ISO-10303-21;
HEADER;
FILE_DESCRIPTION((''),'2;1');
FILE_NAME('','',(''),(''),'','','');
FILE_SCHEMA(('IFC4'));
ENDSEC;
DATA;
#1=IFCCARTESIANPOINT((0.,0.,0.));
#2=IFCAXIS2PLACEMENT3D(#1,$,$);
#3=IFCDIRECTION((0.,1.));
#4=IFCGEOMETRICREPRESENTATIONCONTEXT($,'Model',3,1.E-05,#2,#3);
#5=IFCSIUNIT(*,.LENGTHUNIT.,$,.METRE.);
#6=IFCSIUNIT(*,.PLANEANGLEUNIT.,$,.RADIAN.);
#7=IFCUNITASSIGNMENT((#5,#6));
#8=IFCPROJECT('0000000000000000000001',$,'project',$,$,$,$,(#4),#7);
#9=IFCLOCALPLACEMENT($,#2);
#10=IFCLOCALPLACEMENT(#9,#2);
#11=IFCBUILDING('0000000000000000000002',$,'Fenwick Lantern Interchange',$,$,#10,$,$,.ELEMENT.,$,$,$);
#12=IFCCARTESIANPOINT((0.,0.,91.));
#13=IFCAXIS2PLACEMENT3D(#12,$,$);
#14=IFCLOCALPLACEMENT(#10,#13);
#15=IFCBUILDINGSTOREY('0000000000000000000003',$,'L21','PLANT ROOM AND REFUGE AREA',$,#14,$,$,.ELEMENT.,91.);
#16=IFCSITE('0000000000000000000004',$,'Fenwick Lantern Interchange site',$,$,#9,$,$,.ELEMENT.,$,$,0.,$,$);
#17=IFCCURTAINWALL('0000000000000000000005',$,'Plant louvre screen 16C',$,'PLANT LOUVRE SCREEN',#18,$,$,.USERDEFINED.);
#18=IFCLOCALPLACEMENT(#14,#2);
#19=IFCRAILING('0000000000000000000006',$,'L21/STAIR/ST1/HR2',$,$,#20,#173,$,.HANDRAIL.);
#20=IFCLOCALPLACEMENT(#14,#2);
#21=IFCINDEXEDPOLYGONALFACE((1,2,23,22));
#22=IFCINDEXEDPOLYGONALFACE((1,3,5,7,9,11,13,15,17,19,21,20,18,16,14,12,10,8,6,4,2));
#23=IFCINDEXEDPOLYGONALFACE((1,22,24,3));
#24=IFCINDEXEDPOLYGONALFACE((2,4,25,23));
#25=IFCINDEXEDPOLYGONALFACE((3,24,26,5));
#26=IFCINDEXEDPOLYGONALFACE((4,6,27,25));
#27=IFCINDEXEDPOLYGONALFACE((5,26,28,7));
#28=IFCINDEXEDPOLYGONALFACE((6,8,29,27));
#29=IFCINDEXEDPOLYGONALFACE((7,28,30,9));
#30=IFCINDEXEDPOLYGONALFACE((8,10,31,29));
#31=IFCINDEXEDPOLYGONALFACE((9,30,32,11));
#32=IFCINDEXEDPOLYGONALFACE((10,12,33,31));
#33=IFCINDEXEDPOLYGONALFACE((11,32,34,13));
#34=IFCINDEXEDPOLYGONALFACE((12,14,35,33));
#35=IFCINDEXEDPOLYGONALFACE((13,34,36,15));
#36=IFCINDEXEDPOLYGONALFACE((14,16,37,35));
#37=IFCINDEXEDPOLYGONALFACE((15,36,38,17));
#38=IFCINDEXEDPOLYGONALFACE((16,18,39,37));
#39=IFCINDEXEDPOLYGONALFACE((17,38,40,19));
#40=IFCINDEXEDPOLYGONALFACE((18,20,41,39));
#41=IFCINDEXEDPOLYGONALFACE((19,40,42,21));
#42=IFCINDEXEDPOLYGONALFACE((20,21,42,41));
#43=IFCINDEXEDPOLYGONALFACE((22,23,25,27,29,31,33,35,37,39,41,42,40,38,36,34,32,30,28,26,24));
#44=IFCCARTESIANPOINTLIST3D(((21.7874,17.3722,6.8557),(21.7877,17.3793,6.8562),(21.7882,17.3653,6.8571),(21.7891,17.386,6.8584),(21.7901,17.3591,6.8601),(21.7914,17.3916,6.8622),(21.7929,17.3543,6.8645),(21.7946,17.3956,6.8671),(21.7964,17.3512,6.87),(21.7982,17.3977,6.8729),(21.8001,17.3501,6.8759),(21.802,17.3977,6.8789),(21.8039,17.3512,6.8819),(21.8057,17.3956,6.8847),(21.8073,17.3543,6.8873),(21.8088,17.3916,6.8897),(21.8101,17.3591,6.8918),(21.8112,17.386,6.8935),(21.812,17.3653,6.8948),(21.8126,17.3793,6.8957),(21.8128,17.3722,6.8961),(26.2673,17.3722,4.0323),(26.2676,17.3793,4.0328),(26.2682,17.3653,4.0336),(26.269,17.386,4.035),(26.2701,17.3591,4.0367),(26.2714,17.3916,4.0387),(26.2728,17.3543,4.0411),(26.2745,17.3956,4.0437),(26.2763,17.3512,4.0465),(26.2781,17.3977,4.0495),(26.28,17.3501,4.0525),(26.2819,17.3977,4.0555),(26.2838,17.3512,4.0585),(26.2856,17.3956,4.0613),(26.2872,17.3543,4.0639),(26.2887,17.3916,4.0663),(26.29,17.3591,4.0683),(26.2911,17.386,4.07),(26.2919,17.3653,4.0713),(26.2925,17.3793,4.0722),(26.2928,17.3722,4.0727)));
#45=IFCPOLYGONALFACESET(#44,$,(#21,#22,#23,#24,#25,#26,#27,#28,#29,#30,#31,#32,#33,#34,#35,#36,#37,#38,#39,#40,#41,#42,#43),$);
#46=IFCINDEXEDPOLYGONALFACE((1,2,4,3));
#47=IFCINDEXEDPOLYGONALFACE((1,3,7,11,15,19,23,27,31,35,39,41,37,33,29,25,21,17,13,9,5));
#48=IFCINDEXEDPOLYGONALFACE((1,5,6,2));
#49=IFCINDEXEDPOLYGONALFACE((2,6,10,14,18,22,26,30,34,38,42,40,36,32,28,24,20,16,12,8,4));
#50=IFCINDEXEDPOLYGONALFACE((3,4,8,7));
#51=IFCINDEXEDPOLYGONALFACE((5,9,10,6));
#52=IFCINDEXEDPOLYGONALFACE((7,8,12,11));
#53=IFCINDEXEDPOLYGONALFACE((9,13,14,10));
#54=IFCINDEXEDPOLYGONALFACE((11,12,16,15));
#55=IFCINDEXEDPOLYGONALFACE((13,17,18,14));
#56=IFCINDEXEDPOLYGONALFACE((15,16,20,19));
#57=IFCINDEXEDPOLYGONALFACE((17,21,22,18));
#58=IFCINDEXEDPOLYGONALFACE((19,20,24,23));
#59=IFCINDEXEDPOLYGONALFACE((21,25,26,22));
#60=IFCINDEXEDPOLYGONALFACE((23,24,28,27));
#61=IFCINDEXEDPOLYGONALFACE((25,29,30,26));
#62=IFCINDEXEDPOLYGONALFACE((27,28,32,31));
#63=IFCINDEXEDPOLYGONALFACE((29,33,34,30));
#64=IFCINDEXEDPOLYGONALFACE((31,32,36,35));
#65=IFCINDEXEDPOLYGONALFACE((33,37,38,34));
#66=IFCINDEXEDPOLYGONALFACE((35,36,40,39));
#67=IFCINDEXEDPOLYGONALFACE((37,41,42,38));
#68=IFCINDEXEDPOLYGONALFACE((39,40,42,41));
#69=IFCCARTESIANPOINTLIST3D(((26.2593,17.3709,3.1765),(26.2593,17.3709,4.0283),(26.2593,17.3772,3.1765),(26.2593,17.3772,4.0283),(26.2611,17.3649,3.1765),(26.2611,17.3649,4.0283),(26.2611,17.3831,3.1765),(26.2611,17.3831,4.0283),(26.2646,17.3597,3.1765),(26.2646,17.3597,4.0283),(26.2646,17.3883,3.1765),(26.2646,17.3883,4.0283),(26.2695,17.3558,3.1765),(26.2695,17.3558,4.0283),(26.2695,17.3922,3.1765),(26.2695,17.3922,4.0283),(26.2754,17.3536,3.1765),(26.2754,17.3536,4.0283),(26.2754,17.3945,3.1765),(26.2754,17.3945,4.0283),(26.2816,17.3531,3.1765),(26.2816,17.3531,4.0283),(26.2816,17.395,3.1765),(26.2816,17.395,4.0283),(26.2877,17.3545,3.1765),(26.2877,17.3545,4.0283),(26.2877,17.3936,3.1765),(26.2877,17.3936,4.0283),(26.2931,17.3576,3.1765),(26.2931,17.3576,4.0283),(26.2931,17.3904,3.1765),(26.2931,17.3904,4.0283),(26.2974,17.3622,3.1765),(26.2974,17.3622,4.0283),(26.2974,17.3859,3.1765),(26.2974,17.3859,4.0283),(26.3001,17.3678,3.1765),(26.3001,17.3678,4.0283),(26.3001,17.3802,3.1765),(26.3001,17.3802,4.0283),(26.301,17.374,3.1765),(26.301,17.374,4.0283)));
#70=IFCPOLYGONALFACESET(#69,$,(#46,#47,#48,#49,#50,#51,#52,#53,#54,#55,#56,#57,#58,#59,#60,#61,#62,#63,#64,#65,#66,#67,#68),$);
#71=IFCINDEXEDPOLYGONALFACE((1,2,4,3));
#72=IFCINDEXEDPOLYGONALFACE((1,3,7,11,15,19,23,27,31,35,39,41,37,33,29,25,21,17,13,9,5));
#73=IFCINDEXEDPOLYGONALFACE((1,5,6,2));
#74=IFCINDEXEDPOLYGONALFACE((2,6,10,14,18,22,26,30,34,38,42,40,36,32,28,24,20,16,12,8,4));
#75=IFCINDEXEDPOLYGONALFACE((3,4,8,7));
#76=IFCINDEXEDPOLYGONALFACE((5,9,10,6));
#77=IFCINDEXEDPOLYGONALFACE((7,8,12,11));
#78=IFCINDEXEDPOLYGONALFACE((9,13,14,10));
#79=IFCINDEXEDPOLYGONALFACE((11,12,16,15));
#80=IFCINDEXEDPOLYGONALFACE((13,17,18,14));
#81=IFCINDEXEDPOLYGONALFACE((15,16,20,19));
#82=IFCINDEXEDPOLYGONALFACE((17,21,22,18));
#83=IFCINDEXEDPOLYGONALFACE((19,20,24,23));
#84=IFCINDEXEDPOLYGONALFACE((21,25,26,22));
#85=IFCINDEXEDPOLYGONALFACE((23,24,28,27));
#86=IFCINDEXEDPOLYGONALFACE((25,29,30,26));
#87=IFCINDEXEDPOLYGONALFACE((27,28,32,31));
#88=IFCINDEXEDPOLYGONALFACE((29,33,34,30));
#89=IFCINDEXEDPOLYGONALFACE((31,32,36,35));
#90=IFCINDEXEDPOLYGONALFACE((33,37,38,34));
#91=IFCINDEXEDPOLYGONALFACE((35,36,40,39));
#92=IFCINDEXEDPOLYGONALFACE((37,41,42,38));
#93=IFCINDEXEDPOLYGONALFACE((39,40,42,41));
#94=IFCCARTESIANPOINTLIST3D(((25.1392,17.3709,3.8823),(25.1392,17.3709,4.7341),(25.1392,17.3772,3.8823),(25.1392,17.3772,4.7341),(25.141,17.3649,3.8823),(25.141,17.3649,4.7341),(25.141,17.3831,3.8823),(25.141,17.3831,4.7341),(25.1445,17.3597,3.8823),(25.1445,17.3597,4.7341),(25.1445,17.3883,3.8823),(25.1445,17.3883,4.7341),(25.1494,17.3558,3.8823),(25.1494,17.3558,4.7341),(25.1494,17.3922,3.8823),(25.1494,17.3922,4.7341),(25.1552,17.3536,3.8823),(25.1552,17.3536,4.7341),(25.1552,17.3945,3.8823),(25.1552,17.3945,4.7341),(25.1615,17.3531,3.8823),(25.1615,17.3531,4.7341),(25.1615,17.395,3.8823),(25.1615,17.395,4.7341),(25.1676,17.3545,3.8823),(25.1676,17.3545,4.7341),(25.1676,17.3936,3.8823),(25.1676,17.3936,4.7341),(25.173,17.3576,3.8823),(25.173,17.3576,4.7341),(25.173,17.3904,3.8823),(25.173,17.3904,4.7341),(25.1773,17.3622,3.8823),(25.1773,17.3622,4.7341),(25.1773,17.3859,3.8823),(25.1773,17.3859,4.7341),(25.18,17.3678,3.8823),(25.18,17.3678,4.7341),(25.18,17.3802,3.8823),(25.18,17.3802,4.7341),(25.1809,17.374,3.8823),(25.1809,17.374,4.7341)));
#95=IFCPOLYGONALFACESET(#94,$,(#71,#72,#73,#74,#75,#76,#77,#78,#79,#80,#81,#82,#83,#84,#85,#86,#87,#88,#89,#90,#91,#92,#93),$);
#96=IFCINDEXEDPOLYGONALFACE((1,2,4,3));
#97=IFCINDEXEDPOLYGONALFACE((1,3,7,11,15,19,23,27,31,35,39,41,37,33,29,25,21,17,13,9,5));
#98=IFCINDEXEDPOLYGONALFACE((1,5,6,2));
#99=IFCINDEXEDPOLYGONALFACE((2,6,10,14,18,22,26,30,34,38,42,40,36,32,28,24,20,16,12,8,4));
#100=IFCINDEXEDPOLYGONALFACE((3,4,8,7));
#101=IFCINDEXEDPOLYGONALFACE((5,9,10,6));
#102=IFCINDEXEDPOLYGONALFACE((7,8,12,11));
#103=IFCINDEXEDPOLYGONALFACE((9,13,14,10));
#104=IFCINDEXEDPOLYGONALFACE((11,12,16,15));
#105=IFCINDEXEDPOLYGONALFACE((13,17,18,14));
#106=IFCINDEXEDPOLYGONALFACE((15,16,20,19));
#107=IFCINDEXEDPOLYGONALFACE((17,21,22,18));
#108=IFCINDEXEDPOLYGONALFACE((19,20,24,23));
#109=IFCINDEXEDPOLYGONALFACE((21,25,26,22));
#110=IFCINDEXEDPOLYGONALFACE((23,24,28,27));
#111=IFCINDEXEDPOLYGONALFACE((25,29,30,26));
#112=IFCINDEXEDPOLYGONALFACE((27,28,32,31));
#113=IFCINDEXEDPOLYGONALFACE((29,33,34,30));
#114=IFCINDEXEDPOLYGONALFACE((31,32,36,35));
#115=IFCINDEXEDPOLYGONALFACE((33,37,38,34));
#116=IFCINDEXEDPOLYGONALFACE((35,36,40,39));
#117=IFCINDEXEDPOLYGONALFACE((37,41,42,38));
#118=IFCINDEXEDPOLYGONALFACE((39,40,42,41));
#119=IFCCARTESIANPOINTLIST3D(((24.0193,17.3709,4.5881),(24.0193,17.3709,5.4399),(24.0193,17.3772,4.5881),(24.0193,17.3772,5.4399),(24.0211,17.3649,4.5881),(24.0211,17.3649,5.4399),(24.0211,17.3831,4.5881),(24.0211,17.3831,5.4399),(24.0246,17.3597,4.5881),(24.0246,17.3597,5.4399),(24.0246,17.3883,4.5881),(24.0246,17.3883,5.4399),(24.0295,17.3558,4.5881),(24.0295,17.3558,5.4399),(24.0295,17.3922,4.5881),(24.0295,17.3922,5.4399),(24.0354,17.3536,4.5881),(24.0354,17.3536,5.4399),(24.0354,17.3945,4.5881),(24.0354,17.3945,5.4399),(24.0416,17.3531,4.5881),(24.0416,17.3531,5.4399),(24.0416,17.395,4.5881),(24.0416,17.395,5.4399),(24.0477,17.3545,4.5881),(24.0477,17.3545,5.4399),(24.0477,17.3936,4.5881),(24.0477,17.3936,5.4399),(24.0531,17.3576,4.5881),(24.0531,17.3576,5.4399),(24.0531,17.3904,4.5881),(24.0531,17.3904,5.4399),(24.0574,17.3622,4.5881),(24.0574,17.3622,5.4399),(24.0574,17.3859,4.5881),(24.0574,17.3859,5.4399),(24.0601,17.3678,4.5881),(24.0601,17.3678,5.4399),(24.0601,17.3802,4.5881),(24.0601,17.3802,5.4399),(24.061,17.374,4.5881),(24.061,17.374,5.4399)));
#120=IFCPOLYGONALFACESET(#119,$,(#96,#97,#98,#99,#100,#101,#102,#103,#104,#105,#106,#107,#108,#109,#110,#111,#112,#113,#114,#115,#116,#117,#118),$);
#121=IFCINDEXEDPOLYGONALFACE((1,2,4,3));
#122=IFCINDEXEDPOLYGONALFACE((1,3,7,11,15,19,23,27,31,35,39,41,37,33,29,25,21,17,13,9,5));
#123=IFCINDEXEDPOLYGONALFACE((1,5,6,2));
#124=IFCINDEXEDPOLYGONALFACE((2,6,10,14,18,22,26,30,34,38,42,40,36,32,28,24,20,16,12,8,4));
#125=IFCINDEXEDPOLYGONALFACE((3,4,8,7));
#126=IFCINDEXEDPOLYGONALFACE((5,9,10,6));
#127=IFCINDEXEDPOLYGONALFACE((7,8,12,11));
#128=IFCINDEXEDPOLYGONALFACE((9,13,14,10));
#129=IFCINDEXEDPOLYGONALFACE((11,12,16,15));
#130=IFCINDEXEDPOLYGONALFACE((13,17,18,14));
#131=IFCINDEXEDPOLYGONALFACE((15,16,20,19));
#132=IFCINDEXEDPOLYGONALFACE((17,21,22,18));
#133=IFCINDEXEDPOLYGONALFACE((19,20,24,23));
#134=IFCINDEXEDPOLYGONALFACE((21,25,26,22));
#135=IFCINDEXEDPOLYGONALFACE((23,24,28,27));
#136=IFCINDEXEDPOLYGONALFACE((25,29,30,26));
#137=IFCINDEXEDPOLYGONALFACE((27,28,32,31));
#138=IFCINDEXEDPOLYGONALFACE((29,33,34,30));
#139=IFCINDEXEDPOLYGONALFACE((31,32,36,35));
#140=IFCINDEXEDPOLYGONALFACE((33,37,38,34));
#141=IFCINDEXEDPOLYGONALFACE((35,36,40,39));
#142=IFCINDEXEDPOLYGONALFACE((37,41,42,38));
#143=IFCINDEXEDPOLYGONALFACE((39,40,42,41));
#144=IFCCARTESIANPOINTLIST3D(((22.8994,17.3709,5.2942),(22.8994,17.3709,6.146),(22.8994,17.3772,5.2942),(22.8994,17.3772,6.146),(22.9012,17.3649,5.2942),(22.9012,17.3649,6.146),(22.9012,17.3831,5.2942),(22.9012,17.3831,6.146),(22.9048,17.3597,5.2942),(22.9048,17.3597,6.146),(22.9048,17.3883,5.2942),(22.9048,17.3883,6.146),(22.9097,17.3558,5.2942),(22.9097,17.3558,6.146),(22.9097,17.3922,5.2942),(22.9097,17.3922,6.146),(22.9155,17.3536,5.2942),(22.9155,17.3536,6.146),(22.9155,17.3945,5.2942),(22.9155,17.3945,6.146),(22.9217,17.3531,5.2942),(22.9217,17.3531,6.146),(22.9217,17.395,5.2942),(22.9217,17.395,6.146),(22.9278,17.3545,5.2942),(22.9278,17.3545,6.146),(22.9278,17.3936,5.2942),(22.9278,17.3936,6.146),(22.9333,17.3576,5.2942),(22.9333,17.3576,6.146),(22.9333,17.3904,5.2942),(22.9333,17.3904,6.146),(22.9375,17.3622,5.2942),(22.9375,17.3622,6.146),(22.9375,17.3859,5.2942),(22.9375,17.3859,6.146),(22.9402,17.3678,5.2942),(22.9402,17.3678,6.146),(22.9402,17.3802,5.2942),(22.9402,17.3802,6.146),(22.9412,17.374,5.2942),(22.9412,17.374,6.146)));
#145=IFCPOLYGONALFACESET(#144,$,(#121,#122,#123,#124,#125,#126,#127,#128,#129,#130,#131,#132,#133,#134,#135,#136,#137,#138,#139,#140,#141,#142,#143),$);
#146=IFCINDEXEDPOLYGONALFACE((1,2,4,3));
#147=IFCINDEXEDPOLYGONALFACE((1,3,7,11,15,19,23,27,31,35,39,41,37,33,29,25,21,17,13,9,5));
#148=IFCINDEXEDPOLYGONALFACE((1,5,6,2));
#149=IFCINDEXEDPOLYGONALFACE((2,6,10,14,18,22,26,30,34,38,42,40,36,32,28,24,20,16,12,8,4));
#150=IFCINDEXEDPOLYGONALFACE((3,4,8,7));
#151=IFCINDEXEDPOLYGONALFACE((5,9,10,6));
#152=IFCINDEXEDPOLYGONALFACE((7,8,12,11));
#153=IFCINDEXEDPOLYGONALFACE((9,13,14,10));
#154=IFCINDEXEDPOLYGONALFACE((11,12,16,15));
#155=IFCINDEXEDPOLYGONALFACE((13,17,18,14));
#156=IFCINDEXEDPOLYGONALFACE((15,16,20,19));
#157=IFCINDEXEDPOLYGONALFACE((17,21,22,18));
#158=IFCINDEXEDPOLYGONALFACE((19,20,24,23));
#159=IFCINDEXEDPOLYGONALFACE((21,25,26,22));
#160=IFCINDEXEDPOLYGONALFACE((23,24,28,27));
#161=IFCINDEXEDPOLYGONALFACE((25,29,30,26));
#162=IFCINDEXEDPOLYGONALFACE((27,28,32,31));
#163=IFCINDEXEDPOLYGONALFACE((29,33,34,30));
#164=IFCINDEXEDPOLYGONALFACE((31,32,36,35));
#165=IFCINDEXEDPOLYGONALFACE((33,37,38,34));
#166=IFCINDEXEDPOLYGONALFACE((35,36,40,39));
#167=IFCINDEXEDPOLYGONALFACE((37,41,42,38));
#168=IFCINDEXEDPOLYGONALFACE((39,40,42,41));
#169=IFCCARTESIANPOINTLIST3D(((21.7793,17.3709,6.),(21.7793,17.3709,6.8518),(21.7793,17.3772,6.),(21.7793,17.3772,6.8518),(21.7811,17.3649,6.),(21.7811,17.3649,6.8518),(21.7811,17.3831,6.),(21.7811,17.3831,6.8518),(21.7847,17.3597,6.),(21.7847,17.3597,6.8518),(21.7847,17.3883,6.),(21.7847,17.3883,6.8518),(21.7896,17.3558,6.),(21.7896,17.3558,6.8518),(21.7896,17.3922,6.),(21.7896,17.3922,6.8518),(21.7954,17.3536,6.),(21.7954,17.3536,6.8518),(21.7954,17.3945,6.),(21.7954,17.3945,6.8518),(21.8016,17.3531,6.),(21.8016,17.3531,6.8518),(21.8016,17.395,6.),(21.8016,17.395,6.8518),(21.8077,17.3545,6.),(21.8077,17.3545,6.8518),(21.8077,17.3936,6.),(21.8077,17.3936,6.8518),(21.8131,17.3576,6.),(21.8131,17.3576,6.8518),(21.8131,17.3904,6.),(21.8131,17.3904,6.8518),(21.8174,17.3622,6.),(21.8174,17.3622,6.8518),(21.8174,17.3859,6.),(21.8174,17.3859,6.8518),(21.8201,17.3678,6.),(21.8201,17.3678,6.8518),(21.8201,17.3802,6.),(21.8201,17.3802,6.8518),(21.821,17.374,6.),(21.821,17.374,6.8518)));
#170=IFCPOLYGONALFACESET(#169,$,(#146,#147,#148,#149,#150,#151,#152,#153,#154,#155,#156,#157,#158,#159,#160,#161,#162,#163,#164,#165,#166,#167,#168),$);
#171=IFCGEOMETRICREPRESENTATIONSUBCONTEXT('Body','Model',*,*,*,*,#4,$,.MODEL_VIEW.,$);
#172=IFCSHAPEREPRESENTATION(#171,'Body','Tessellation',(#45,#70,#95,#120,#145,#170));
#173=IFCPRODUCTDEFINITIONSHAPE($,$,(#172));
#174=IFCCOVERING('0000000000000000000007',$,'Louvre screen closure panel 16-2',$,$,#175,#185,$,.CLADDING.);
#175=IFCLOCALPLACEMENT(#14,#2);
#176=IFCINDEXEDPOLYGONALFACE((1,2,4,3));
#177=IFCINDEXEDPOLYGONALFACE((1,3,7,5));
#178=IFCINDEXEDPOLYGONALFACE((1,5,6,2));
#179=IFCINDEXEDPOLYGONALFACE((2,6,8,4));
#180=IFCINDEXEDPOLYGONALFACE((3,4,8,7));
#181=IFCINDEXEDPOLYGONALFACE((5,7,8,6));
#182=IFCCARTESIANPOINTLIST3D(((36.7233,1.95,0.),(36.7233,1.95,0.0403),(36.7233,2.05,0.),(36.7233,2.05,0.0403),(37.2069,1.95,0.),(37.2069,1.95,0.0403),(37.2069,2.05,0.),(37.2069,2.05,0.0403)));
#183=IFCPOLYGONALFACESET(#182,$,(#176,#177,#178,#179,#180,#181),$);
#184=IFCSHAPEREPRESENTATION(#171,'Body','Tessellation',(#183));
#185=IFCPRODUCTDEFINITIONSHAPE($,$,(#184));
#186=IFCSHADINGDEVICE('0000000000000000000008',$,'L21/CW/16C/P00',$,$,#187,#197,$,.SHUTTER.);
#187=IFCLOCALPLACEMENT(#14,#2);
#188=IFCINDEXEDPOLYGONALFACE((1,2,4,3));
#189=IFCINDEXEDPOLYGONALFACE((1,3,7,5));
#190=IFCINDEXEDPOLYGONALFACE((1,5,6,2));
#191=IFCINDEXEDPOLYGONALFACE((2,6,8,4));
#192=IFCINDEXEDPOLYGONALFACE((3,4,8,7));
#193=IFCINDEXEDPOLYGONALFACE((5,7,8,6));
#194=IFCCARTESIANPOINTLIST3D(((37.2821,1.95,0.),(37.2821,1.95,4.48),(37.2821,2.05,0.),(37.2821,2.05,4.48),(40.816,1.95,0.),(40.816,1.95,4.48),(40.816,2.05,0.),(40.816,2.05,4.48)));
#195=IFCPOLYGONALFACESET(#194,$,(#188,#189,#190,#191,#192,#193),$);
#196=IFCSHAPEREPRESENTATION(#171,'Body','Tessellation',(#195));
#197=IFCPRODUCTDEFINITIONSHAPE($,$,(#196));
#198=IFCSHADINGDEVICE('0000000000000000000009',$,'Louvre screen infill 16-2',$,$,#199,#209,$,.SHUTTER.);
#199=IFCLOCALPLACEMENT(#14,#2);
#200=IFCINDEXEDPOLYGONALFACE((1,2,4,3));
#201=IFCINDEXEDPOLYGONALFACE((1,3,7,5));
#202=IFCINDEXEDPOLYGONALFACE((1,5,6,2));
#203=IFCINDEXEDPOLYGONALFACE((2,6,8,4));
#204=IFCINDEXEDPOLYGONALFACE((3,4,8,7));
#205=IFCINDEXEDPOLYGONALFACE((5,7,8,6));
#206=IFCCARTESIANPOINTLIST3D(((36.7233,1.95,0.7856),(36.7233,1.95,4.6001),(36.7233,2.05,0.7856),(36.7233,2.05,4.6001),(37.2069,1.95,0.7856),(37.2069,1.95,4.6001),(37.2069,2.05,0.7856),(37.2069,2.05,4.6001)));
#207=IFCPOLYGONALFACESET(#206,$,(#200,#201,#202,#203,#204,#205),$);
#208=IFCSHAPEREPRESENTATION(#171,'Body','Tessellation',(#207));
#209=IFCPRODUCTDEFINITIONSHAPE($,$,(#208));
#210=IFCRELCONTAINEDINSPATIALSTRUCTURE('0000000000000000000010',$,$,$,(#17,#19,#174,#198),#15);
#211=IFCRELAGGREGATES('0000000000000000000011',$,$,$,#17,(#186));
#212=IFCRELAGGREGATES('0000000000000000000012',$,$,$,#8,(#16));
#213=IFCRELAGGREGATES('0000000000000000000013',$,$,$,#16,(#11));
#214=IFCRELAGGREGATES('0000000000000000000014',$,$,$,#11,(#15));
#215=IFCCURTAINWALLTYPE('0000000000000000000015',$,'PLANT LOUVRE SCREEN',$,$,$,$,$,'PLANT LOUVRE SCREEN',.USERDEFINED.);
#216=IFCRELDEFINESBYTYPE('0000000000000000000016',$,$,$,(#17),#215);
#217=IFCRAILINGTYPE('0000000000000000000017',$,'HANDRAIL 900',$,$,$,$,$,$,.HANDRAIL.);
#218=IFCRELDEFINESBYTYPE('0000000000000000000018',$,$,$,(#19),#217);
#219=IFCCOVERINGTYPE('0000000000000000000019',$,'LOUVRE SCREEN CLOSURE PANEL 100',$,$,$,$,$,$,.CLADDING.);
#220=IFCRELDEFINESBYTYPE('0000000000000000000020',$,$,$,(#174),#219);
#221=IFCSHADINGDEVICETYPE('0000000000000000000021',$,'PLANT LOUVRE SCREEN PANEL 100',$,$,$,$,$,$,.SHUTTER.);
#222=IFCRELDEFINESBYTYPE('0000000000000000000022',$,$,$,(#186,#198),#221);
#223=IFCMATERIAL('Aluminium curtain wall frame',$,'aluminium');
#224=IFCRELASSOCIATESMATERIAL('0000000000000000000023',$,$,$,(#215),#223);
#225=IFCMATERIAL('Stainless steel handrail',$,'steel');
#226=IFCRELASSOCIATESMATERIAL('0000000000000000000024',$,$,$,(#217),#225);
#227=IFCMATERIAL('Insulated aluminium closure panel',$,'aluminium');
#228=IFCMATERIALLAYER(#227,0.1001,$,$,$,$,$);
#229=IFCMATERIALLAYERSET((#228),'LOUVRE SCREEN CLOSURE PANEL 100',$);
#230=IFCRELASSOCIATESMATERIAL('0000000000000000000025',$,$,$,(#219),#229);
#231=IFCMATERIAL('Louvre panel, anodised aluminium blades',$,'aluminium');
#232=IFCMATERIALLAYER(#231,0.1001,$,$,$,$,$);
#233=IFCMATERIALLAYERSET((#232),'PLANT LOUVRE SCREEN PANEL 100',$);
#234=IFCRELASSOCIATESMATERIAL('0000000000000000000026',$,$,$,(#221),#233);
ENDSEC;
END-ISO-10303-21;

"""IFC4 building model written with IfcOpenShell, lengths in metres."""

from ifc_helpers import new_model, si_unit, direction, frame, origin, origin_2d, place, context, subcontext, project, spatial, rectangle, circle, extrude, material, layer, layer_set, type_object, element, aggregate, save


model = new_model("IFC4")

# Units and contexts
model_context = context("Model", 3, precision=1e-05, world=origin(), true_north=direction((0.0, 1.0)))
body_context = subcontext(model_context, "Body", "Model", "MODEL_VIEW")
ifc_project = project(units=[si_unit("LENGTHUNIT", "METRE"), si_unit("PLANEANGLEUNIT", "RADIAN")], contexts=[model_context])

# Site, building, storey
site_placement = place(None, origin())
site = spatial("IfcSite", under=ifc_project, at=site_placement, Name="Fenwick Lantern Interchange site", CompositionType="ELEMENT", RefElevation=0.0)
building_placement = place(site_placement, origin())
building = spatial("IfcBuilding", under=site, at=building_placement, Name="Fenwick Lantern Interchange", CompositionType="ELEMENT")
storey_placement = place(building_placement, frame((0.0, 0.0, 91.0)))
storey = spatial("IfcBuildingStorey", under=building, at=storey_placement, Name="L21", Description="PLANT ROOM AND REFUGE AREA", CompositionType="ELEMENT", Elevation=91.0)

# Curtain wall
ifc_material_1 = material(Name="Aluminium curtain wall frame", Category="aluminium")
curtain_wall_type = type_object("IfcCurtainWallType", Name="PLANT LOUVRE SCREEN", ElementType="PLANT LOUVRE SCREEN", PredefinedType="USERDEFINED", material=ifc_material_1)
curtain_wall_placement = place(storey_placement, origin())
curtain_wall = element("IfcCurtainWall", 1, at=curtain_wall_placement, inside=storey, type_object=curtain_wall_type, Name="Plant louvre screen 16C", ObjectType="PLANT LOUVRE SCREEN", PredefinedType="USERDEFINED")

# Railing
ifc_material_2 = material(Name="Stainless steel handrail", Category="steel")
railing_type = type_object("IfcRailingType", Name="HANDRAIL 900", PredefinedType="HANDRAIL", material=ifc_material_2)
railing_placement = place(storey_placement, frame((26.28, 17.374, 3.1765)))
element("IfcRailing", 2, at=railing_placement, inside=storey, type_object=railing_type, Name="L21/STAIR/ST1/HR2", PredefinedType="HANDRAIL", context=body_context, shape_type="SweptSolid", body=[
    extrude(circle(Radius=0.0239, at=origin_2d()), frame((0.0, 0.0, 0.876), z_axis=(-0.845998, 0.0, 0.533186), x_axis=(0.0, -1.0, 0.0)), (0.0, 0.0, 1.0), 5.2954),
    extrude(circle(Radius=0.021, at=origin_2d()), origin(), (0.0, 0.0, 1.0), 0.8518),
    extrude(circle(Radius=0.021, at=origin_2d()), frame((-1.1201, 0.0, 0.7058)), (0.0, 0.0, 1.0), 0.8518),
    extrude(circle(Radius=0.021, at=origin_2d()), frame((-2.24, 0.0, 1.4116)), (0.0, 0.0, 1.0), 0.8518),
    extrude(circle(Radius=0.021, at=origin_2d()), frame((-3.3599, 0.0, 2.1177)), (0.0, 0.0, 1.0), 0.8518),
    extrude(circle(Radius=0.021, at=origin_2d()), frame((-4.48, 0.0, 2.8235)), (0.0, 0.0, 1.0), 0.8518),
])

# Covering
ifc_material_3 = material(Name="Insulated aluminium closure panel", Category="aluminium")
ifc_layer_1 = layer(ifc_material_3, 0.1001)
ifc_layer_set_1 = layer_set([ifc_layer_1], Name="LOUVRE SCREEN CLOSURE PANEL 100")
covering_type = type_object("IfcCoveringType", Name="LOUVRE SCREEN CLOSURE PANEL 100", PredefinedType="CLADDING", material=ifc_layer_set_1)
covering_placement = place(storey_placement, frame((36.9651, 2.0, 0.0), z_axis=(0.0, 0.0, 1.0), x_axis=(1.0, 0.0, 0.0)))
element("IfcCovering", 3, at=covering_placement, inside=storey, type_object=covering_type, Name="Louvre screen closure panel 16-2", PredefinedType="CLADDING", context=body_context, shape_type="SweptSolid", body=[
    extrude(rectangle(XDim=0.4836, YDim=0.1001, at=origin_2d()), origin(), (0.0, 0.0, 1.0), 0.0403),
])

# Shading devices
ifc_material_4 = material(Name="Louvre panel, anodised aluminium blades", Category="aluminium")
ifc_layer_2 = layer(ifc_material_4, 0.1001)
ifc_layer_set_2 = layer_set([ifc_layer_2], Name="PLANT LOUVRE SCREEN PANEL 100")
shading_device_type = type_object("IfcShadingDeviceType", Name="PLANT LOUVRE SCREEN PANEL 100", PredefinedType="SHUTTER", material=ifc_layer_set_2)
shading_device_1_placement = place(storey_placement, frame((39.0491, 2.0, 0.0), z_axis=(0.0, 0.0, 1.0), x_axis=(1.0, 0.0, 0.0)))
shading_device_1 = element("IfcShadingDevice", 4, at=shading_device_1_placement, type_object=shading_device_type, Name="L21/CW/16C/P00", PredefinedType="SHUTTER", context=body_context, shape_type="SweptSolid", body=[
    extrude(rectangle(XDim=3.5339, YDim=0.1001, at=origin_2d()), origin(), (0.0, 0.0, 1.0), 4.48),
])
aggregate(curtain_wall, [shading_device_1])
shading_device_2_placement = place(storey_placement, frame((36.9651, 2.0, 0.7856), z_axis=(0.0, 0.0, 1.0), x_axis=(1.0, 0.0, 0.0)))
element("IfcShadingDevice", 5, at=shading_device_2_placement, inside=storey, type_object=shading_device_type, Name="Louvre screen infill 16-2", PredefinedType="SHUTTER", context=body_context, shape_type="SweptSolid", body=[
    extrude(rectangle(XDim=0.4836, YDim=0.1001, at=origin_2d()), origin(), (0.0, 0.0, 1.0), 3.8145),
])

save(model, "model.ifc")
